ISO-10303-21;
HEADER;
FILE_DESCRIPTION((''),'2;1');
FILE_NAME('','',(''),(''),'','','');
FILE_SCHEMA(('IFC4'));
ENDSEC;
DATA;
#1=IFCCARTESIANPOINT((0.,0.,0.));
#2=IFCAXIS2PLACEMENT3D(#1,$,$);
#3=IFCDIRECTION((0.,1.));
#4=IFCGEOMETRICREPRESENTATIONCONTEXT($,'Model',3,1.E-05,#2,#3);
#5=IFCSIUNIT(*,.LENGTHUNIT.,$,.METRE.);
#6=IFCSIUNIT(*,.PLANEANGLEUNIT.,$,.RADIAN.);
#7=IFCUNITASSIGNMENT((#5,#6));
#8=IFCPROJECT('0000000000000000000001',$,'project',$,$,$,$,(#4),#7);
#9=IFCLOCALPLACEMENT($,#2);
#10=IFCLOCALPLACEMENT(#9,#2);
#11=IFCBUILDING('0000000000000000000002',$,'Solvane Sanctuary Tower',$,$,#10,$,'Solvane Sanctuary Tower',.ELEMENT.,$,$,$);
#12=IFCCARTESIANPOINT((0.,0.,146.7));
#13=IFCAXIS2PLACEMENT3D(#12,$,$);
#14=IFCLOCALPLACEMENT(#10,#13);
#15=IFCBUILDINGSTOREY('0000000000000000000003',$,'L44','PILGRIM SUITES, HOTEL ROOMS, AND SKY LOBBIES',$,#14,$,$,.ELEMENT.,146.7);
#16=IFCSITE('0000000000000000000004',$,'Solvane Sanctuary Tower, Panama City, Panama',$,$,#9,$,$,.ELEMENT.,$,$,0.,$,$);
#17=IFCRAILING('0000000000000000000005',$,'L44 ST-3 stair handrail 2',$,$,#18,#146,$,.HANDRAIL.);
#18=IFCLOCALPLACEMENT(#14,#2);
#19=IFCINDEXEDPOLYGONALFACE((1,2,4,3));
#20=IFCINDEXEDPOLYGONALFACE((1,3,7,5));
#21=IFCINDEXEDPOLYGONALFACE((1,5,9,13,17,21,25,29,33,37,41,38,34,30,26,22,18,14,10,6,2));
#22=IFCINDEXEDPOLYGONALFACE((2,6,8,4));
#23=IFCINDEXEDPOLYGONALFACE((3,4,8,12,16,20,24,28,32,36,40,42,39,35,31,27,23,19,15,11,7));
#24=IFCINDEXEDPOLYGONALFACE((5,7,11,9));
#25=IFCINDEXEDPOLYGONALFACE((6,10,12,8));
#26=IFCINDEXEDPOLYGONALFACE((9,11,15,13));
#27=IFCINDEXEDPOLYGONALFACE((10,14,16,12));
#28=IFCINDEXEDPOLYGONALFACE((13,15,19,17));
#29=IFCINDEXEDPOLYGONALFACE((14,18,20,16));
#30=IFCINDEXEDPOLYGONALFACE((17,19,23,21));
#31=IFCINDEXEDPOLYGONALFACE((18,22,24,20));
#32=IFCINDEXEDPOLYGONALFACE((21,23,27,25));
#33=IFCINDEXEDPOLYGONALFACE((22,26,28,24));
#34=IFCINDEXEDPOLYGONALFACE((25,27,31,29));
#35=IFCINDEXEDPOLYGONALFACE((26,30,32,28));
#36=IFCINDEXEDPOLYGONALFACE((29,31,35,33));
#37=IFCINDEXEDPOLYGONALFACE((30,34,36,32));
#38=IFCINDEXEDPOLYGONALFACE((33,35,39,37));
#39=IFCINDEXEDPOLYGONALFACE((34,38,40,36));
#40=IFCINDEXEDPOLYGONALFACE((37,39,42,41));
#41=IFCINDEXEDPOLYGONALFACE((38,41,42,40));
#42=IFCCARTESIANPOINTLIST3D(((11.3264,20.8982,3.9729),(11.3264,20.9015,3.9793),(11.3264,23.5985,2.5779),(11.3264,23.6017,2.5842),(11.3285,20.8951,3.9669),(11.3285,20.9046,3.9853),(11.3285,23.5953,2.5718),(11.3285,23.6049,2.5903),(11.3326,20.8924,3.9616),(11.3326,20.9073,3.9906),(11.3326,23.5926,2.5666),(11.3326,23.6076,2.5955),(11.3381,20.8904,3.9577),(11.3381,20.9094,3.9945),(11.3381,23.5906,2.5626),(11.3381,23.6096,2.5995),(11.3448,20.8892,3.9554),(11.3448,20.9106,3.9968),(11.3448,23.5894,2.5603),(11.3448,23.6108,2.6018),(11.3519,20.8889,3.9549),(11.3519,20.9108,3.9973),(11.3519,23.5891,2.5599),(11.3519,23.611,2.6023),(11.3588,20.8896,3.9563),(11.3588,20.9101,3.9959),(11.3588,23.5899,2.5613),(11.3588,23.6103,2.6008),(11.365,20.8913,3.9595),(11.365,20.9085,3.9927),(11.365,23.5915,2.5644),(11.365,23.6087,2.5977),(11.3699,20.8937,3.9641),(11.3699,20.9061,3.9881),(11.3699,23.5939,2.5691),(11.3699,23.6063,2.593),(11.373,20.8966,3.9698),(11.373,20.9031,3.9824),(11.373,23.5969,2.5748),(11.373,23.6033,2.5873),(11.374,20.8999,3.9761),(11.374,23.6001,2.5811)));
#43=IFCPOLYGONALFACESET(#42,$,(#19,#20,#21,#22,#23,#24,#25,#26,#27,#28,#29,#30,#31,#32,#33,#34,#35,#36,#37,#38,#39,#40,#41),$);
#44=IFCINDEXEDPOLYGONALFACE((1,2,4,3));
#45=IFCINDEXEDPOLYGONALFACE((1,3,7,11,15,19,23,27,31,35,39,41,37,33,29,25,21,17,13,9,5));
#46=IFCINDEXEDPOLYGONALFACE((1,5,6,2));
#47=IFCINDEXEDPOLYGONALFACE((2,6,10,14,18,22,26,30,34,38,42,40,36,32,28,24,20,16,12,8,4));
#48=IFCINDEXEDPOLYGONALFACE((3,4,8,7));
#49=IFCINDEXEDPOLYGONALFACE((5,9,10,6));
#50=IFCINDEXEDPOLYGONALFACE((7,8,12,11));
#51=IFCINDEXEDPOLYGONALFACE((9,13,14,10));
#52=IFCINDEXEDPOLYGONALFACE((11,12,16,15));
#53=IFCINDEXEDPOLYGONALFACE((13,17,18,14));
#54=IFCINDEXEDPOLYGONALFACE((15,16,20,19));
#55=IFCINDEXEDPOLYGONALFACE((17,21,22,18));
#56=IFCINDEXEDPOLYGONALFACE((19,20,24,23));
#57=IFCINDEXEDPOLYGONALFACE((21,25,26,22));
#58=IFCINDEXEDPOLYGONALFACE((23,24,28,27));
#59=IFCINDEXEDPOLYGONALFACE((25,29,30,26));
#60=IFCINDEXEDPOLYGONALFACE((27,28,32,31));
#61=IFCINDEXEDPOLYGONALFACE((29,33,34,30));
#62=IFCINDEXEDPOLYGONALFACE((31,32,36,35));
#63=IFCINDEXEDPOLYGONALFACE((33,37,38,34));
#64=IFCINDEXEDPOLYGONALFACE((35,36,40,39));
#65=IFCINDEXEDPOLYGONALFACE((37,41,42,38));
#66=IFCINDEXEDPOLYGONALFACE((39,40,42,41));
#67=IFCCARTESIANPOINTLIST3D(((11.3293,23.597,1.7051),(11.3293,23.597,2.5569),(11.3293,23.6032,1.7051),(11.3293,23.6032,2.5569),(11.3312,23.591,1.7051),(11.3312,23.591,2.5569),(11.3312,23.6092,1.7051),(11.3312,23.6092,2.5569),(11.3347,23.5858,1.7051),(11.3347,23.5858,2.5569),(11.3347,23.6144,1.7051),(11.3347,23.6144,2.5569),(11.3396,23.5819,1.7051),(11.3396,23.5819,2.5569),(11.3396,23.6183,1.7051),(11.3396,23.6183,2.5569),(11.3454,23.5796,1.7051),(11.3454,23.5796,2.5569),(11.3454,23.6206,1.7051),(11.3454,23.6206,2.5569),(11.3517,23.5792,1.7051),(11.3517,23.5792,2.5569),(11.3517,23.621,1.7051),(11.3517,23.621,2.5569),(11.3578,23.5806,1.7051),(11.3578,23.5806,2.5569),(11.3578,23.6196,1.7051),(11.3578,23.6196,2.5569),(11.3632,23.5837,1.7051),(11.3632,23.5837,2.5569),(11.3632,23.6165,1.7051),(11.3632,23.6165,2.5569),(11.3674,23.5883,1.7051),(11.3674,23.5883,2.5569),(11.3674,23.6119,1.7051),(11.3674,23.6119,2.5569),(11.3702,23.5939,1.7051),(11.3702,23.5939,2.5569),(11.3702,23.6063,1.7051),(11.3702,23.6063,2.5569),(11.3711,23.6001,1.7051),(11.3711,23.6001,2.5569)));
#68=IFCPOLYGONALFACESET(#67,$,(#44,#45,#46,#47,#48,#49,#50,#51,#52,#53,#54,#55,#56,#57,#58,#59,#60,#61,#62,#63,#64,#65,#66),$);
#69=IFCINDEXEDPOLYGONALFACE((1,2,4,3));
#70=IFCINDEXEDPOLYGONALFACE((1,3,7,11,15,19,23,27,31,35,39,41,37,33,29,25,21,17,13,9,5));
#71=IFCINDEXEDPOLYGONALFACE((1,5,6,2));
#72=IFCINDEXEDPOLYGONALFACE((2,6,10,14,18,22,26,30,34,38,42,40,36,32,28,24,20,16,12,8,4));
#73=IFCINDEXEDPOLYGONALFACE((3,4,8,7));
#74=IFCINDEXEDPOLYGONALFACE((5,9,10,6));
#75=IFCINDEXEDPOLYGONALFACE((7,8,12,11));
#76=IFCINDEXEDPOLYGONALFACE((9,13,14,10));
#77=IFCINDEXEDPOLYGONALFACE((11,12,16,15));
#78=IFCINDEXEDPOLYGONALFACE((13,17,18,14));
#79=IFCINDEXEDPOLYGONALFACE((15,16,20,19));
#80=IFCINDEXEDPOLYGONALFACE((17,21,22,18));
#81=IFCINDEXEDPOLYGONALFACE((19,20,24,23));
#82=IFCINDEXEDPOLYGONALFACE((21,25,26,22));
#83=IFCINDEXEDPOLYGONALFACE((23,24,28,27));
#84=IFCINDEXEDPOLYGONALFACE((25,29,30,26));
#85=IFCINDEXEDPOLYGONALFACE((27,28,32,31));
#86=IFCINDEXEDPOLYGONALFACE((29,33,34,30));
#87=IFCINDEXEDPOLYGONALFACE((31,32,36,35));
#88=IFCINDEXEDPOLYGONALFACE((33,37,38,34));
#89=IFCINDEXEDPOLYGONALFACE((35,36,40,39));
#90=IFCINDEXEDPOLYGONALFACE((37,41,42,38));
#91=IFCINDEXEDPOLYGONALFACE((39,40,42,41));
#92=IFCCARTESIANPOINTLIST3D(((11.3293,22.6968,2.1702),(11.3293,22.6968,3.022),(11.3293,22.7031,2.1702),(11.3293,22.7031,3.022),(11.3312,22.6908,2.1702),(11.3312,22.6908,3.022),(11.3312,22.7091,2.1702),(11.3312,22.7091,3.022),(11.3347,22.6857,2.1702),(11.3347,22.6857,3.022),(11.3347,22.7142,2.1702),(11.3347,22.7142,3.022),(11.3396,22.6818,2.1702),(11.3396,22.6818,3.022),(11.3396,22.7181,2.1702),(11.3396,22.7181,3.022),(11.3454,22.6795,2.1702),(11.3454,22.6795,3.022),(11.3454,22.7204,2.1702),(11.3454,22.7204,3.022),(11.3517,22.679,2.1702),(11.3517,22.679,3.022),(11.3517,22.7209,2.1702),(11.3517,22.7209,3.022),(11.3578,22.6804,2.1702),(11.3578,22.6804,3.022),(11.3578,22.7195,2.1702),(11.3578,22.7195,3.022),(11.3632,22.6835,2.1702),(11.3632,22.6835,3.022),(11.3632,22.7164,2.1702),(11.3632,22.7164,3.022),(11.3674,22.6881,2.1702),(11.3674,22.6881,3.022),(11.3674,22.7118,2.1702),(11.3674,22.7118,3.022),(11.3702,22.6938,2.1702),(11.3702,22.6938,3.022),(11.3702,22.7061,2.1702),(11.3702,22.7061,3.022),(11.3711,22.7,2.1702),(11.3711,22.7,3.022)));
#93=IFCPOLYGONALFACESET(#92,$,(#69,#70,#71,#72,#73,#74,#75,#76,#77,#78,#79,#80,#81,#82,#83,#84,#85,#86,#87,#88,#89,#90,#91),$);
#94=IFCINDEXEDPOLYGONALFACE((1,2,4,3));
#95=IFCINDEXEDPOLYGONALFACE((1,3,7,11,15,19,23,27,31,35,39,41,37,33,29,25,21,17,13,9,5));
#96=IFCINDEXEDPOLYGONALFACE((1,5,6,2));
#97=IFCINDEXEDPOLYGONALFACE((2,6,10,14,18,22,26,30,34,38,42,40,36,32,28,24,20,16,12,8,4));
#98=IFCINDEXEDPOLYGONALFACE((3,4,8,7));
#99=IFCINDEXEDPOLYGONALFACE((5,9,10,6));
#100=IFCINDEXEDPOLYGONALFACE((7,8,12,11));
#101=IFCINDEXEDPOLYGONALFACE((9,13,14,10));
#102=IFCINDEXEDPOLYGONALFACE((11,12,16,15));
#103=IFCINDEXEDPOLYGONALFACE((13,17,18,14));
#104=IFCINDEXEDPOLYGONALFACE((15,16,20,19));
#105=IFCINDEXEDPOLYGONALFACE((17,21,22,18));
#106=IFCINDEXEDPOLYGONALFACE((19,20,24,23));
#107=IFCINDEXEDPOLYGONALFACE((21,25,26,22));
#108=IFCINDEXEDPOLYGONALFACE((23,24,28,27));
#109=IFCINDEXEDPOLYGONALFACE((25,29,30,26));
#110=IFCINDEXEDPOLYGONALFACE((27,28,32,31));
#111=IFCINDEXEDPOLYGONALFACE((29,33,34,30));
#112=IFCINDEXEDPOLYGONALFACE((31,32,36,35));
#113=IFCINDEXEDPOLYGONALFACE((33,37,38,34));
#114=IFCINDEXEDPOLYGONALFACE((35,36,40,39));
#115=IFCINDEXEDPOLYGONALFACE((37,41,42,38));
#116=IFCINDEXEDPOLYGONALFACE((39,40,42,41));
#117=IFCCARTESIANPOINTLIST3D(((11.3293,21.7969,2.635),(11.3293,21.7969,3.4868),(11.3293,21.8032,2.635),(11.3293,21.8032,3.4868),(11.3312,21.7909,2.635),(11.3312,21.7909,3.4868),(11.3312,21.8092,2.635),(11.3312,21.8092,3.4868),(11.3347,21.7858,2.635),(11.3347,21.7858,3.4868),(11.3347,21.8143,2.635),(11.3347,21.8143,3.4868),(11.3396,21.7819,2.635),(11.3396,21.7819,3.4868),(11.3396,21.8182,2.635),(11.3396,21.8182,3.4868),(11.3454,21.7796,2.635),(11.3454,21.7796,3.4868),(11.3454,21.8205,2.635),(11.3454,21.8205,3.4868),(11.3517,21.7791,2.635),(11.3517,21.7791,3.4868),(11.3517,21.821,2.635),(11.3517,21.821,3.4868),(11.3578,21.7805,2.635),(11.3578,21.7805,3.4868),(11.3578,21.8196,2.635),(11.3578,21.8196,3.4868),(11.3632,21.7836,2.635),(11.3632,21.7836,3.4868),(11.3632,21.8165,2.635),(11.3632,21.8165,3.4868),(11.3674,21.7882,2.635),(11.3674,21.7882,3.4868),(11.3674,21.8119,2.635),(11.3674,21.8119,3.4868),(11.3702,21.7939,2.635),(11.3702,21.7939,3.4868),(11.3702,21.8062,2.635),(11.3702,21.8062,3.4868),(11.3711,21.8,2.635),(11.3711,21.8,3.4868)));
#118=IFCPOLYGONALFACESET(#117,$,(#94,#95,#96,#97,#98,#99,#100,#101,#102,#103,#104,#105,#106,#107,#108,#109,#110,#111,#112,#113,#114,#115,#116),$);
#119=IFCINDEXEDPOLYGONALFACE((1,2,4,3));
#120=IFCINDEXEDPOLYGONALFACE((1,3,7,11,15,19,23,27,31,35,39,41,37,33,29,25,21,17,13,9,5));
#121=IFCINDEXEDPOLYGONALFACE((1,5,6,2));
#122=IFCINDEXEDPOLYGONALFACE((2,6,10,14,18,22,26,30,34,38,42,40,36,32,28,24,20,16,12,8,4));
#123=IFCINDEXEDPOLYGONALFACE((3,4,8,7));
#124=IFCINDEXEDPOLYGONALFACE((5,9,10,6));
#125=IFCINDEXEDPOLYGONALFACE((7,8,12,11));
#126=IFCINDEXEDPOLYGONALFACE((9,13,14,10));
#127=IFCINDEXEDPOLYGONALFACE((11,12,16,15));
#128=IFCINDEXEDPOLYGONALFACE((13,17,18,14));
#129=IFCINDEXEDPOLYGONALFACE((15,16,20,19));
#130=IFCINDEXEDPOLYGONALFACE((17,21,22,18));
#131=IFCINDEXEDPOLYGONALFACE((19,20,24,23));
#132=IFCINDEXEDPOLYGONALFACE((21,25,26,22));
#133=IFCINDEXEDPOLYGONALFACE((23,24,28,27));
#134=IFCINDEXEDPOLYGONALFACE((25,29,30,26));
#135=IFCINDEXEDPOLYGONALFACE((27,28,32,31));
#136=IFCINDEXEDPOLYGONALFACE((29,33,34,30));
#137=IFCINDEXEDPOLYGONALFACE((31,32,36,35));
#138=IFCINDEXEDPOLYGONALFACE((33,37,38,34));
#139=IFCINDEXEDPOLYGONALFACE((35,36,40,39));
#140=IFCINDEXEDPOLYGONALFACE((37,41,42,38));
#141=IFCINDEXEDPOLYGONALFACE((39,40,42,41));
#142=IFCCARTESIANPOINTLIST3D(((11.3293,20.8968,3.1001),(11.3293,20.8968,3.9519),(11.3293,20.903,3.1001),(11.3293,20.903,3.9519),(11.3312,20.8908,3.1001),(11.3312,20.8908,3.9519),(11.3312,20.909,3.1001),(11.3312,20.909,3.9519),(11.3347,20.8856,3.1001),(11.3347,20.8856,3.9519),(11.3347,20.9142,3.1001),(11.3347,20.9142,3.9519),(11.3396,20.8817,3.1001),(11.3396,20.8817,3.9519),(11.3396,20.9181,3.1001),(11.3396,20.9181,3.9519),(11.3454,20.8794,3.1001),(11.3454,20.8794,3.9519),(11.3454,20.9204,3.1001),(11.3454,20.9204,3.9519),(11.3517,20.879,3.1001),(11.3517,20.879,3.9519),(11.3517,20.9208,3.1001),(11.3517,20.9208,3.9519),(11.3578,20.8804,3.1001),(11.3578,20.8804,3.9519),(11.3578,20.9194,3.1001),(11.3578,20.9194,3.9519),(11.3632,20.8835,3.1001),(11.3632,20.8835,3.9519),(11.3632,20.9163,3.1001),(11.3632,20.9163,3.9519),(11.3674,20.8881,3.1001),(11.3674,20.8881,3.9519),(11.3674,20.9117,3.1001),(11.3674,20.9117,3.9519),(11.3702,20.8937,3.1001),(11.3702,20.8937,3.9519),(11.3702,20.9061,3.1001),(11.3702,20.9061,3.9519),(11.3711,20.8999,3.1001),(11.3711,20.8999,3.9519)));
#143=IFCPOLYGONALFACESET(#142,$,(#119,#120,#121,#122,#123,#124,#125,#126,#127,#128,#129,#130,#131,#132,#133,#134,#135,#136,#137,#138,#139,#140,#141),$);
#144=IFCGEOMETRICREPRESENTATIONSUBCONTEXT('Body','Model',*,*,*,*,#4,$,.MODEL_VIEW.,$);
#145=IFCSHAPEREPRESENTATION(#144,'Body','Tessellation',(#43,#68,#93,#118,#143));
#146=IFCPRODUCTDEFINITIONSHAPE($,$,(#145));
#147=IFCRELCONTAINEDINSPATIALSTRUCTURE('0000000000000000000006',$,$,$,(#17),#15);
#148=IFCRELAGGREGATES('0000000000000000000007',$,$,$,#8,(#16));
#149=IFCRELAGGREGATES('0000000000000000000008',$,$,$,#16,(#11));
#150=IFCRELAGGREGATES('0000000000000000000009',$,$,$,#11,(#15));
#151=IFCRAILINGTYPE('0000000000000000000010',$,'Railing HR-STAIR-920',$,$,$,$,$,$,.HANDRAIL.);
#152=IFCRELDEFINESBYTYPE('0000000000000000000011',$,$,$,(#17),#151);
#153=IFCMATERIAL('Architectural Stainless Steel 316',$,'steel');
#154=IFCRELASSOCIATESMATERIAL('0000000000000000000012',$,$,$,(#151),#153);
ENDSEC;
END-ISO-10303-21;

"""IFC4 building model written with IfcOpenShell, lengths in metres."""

from ifc_helpers import new_model, si_unit, direction, frame, origin, origin_2d, place, context, subcontext, project, spatial, circle, extrude, material, type_object, element, save


model = new_model("IFC4")

# Units and contexts
model_context = context("Model", 3, precision=1e-05, world=origin(), true_north=direction((0.0, 1.0)))
body_context = subcontext(model_context, "Body", "Model", "MODEL_VIEW")
ifc_project = project(units=[si_unit("LENGTHUNIT", "METRE"), si_unit("PLANEANGLEUNIT", "RADIAN")], contexts=[model_context])

# Site, building, storey
site_placement = place(None, origin())
site = spatial("IfcSite", under=ifc_project, at=site_placement, Name="Solvane Sanctuary Tower, Panama City, Panama", CompositionType="ELEMENT", RefElevation=0.0)
building_placement = place(site_placement, origin())
building = spatial("IfcBuilding", under=site, at=building_placement, Name="Solvane Sanctuary Tower", LongName="Solvane Sanctuary Tower", CompositionType="ELEMENT")
storey_placement = place(building_placement, frame((0.0, 0.0, 146.7)))
storey = spatial("IfcBuildingStorey", under=building, at=storey_placement, Name="L44", Description="PILGRIM SUITES, HOTEL ROOMS, AND SKY LOBBIES", CompositionType="ELEMENT", Elevation=146.7)

# Railing
ifc_material_1 = material(Name="Architectural Stainless Steel 316", Category="steel")
railing_type_1 = type_object("IfcRailingType", Name="Railing HR-STAIR-920", PredefinedType="HANDRAIL", material=ifc_material_1)
railing_1_placement = place(storey_placement, frame((11.3501, 23.6001, 1.7051)))
element("IfcRailing", 1, at=railing_1_placement, inside=storey, type_object=railing_type_1, Name="L44 ST-3 stair handrail 2", PredefinedType="HANDRAIL", context=body_context, shape_type="SweptSolid", body=[
    extrude(circle(Radius=0.0239, at=origin_2d()), frame((0.0, 0.0, 0.876), z_axis=(0.0, -0.888437, 0.458999), x_axis=(1.0, 0.0, 0.0)), (0.0, 0.0, 1.0), 3.0393),
    extrude(circle(Radius=0.021, at=origin_2d()), origin(), (0.0, 0.0, 1.0), 0.8518),
    extrude(circle(Radius=0.021, at=origin_2d()), frame((0.0, -0.9001, 0.4651)), (0.0, 0.0, 1.0), 0.8518),
    extrude(circle(Radius=0.021, at=origin_2d()), frame((0.0, -1.8, 0.9299)), (0.0, 0.0, 1.0), 0.8518),
    extrude(circle(Radius=0.021, at=origin_2d()), frame((0.0, -2.7002, 1.395)), (0.0, 0.0, 1.0), 0.8518),
])

save(model, "model.ifc")
